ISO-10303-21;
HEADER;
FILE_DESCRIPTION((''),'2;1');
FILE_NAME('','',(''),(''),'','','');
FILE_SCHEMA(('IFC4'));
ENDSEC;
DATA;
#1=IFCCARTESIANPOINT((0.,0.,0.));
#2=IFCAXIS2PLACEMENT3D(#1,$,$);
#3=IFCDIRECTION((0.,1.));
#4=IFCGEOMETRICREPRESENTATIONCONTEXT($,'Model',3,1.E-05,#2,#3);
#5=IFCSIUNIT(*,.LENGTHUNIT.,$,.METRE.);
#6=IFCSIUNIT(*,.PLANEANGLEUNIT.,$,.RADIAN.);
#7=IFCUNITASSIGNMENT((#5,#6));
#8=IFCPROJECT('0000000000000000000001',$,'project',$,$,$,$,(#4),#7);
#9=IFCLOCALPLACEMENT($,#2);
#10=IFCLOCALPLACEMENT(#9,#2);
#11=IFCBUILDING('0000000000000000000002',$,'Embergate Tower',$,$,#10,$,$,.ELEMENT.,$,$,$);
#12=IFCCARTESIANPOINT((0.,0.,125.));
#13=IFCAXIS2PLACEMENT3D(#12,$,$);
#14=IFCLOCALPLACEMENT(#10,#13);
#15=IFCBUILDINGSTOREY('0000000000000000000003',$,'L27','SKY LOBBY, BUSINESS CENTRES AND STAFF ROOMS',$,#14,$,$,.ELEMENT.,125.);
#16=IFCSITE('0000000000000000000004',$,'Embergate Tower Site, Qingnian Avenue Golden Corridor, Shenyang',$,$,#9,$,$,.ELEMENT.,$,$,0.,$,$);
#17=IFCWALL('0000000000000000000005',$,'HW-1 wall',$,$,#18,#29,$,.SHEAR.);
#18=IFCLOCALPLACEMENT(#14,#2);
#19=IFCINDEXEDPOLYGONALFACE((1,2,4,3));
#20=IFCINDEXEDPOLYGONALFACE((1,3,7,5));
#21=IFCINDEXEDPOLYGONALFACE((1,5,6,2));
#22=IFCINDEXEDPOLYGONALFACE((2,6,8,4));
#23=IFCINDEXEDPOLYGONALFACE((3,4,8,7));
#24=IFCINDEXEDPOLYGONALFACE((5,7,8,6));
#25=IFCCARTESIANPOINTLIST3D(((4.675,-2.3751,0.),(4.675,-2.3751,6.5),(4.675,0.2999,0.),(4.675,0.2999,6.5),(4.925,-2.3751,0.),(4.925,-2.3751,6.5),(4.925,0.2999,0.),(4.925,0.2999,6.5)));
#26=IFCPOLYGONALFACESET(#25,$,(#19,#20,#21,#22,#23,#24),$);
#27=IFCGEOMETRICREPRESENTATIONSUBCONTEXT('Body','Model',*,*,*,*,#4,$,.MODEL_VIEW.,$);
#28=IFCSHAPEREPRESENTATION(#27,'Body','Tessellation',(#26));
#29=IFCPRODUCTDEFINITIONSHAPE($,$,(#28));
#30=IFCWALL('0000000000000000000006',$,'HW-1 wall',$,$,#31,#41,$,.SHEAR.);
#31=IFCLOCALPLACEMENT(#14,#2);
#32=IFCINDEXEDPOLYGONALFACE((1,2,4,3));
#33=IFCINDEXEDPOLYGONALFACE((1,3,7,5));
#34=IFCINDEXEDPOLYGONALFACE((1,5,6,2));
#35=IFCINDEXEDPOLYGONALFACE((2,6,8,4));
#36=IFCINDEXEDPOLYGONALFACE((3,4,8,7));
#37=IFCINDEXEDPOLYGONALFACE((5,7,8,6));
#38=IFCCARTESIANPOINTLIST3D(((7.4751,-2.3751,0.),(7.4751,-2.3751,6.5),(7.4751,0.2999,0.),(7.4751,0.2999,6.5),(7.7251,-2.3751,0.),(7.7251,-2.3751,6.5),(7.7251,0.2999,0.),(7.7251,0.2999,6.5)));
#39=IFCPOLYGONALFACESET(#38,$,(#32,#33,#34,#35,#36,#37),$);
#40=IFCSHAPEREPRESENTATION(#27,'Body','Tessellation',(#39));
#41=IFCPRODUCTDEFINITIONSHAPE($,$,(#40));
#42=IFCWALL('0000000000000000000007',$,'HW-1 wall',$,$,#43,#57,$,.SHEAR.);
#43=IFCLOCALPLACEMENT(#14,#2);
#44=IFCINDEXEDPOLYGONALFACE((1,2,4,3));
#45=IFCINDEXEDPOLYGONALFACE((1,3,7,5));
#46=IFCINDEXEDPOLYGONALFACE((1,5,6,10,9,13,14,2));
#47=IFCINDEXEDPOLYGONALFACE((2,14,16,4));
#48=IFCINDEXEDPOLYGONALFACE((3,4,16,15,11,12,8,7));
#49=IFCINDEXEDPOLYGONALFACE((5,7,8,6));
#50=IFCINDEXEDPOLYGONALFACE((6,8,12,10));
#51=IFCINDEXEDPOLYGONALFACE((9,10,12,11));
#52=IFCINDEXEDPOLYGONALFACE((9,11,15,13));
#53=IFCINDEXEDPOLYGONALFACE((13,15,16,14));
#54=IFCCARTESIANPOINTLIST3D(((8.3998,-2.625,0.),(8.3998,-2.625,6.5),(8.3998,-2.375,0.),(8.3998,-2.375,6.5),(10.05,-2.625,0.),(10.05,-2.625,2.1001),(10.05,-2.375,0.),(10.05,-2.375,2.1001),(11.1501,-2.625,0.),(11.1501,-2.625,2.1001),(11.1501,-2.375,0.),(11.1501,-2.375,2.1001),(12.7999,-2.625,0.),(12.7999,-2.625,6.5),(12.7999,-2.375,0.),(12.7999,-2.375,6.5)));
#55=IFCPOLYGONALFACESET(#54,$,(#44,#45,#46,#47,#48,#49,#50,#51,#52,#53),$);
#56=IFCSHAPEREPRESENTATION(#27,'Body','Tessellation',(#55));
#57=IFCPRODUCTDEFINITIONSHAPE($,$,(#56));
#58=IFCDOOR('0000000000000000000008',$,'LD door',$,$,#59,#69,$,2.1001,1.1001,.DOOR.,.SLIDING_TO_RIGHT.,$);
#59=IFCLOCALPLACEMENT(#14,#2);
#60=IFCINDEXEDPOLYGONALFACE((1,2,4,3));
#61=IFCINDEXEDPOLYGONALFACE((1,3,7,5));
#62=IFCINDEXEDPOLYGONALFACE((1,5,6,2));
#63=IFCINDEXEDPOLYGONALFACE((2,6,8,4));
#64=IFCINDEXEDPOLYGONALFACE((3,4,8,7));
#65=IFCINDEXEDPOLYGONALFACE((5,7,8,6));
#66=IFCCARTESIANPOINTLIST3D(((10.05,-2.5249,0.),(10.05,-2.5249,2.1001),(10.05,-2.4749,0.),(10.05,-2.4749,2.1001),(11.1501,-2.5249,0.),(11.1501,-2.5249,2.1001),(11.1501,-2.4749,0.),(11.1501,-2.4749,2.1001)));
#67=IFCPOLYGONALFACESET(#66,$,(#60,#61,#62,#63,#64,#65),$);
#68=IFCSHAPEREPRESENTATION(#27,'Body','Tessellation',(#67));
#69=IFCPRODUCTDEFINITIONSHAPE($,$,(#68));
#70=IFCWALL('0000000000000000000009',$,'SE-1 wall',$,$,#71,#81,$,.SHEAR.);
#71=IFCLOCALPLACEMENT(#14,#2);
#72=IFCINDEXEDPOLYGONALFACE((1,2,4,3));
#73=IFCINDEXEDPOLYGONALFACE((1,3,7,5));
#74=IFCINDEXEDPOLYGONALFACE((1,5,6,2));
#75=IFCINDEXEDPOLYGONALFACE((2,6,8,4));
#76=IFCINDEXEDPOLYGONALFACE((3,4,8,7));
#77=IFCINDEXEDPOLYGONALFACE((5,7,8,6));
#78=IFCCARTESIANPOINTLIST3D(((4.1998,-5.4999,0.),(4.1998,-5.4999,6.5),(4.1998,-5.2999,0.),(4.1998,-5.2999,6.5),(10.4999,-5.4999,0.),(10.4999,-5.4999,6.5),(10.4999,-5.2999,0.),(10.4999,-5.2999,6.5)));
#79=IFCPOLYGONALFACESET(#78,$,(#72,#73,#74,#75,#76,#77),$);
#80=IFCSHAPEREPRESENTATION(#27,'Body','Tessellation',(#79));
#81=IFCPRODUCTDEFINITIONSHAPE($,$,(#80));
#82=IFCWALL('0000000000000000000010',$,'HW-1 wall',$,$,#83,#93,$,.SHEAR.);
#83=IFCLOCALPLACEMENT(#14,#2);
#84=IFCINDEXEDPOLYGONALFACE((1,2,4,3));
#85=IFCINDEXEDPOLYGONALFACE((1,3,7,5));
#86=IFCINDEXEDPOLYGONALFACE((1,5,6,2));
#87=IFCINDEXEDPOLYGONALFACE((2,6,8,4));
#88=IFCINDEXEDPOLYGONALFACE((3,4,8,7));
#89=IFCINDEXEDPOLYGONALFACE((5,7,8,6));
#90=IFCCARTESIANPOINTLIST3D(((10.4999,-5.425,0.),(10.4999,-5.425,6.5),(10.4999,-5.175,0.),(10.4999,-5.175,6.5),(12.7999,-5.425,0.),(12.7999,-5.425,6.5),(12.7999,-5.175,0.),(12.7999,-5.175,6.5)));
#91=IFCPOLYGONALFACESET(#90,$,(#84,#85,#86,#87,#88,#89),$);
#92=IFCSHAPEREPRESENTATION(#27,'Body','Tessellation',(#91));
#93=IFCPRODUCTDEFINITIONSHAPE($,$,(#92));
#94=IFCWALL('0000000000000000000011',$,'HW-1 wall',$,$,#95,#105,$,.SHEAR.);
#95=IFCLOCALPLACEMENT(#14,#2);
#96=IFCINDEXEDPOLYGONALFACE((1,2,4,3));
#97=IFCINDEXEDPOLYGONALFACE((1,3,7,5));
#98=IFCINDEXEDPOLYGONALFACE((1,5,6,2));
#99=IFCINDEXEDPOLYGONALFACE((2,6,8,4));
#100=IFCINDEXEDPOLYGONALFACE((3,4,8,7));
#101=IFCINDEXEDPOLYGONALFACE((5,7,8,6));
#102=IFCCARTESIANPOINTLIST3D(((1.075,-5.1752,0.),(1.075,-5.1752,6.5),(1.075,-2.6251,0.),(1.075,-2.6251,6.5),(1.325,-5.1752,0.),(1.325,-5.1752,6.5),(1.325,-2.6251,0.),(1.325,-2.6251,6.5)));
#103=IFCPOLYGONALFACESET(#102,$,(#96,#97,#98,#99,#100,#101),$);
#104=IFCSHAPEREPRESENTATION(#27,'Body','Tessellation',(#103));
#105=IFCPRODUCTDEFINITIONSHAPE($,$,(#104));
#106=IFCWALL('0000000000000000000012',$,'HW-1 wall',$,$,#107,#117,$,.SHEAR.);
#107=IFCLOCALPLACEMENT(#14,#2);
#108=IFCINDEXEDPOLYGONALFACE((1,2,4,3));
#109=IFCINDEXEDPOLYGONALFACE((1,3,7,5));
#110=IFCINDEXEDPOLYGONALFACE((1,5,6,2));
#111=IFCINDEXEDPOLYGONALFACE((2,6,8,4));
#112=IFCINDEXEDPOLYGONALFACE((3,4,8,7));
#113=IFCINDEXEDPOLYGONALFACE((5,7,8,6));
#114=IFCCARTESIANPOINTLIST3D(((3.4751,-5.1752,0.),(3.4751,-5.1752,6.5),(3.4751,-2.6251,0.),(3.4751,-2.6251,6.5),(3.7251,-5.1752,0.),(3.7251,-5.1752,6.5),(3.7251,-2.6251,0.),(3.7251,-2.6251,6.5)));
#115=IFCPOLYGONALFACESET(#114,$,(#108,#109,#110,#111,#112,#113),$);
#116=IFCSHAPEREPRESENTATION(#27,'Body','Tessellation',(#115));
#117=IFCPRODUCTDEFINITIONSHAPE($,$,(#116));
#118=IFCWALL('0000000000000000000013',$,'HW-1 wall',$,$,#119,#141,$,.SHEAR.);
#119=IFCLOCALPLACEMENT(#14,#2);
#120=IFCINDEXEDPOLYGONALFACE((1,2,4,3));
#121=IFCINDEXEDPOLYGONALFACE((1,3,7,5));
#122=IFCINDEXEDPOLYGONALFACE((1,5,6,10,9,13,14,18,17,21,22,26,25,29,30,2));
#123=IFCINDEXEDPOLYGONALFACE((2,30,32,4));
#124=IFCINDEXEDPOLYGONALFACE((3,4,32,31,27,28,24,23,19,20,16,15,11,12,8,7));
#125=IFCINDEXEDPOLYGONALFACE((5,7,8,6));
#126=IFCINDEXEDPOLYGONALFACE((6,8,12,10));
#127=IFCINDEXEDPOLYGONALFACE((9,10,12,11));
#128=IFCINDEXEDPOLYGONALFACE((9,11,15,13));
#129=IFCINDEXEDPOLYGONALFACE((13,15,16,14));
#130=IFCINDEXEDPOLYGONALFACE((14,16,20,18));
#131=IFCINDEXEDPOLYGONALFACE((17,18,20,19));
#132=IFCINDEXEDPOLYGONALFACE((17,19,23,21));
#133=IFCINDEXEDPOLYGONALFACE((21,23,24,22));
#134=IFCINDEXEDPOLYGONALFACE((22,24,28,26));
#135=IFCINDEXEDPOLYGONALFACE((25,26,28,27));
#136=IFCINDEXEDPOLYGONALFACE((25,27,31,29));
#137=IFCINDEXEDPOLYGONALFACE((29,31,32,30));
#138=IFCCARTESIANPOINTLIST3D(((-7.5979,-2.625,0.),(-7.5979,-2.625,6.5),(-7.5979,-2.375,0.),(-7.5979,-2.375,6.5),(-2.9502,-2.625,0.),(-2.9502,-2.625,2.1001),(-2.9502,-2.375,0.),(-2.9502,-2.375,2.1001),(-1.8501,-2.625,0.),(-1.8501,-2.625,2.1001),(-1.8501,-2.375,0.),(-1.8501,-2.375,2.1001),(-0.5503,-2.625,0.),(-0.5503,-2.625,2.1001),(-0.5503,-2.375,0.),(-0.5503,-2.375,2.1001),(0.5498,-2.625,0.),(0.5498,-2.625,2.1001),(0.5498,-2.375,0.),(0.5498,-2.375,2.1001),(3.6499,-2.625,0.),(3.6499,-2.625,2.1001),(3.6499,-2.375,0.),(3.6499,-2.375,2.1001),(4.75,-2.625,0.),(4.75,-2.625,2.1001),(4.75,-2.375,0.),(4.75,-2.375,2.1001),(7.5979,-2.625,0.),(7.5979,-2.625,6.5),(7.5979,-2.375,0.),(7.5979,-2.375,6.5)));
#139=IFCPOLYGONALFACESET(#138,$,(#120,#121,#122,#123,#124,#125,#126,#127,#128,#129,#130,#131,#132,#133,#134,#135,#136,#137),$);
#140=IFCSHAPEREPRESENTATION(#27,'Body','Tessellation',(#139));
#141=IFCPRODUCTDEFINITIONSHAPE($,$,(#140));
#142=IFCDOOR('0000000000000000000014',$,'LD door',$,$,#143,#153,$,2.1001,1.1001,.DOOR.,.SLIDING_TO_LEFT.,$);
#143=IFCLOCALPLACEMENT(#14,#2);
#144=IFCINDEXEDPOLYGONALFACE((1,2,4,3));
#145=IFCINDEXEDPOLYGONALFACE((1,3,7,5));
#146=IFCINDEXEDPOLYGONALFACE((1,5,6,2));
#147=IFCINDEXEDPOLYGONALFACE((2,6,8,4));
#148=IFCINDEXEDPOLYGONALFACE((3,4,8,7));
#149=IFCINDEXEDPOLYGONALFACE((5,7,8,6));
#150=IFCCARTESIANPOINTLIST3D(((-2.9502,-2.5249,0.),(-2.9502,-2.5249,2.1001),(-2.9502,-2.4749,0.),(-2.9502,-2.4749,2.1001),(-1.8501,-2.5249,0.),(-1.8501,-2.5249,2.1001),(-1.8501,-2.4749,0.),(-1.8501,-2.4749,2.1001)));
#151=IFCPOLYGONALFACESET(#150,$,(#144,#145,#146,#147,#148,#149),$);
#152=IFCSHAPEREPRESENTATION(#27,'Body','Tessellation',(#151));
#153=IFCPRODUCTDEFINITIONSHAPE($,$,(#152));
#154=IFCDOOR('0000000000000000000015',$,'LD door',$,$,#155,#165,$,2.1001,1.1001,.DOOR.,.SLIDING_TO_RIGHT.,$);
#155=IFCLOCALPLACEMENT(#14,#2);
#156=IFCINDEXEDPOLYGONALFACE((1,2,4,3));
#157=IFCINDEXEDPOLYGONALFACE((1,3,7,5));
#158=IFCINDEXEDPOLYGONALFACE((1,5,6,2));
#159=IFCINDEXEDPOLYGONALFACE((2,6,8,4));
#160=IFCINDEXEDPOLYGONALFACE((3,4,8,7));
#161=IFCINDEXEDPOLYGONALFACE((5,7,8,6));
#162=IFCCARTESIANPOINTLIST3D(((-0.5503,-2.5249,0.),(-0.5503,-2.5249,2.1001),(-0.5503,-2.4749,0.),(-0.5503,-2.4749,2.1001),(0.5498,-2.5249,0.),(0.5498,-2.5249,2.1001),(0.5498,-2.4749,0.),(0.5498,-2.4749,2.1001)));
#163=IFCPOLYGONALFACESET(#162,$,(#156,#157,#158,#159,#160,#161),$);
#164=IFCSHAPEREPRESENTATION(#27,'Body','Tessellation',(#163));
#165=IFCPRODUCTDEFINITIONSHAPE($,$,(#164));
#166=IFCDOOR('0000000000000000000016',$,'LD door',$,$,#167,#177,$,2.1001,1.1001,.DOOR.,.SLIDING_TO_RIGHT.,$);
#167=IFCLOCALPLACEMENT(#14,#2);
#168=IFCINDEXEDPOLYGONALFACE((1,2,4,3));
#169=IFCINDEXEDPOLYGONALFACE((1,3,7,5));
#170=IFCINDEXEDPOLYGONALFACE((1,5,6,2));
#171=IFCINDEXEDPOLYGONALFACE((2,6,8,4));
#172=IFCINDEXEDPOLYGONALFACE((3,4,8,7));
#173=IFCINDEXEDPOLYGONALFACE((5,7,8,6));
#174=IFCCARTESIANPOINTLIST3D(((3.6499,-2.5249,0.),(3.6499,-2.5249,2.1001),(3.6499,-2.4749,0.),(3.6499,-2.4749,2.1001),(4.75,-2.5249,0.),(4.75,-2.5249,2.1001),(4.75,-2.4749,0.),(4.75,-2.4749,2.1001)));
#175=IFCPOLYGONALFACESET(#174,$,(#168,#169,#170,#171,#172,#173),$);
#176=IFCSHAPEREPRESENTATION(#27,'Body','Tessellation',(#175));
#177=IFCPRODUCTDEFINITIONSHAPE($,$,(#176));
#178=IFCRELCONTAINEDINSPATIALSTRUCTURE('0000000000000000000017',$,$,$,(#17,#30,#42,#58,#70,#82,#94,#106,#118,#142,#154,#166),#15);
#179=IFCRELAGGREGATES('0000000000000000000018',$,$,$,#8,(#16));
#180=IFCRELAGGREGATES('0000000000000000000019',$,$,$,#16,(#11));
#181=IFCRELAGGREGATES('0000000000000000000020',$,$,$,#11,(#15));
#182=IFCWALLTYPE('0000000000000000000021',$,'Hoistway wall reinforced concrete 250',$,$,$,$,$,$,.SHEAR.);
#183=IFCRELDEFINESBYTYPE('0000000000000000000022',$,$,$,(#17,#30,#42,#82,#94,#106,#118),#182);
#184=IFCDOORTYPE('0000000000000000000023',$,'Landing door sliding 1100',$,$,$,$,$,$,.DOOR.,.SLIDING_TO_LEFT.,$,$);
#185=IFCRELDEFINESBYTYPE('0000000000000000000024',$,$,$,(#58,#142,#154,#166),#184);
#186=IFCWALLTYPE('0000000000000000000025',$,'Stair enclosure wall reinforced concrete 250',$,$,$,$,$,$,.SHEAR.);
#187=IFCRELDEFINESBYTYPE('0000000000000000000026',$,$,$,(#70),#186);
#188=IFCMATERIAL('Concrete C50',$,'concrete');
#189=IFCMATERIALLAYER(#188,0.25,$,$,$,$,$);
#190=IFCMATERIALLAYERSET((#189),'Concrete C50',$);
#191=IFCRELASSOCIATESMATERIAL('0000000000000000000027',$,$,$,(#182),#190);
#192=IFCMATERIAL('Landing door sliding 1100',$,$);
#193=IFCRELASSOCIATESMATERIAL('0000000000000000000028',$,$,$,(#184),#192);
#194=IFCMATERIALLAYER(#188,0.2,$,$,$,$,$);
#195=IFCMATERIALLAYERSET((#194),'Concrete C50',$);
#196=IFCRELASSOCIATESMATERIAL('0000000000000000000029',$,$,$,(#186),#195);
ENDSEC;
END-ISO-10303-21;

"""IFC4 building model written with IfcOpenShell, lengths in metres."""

from ifc_helpers import new_model, si_unit, direction, frame, frame_2d, origin, place, context, subcontext, project, spatial, rectangle, extrude, source, transform, mapped, material, layer, layer_set, type_object, element, fill, save


model = new_model("IFC4")

# Units and contexts
model_context = context("Model", 3, precision=1e-05, world=origin(), true_north=direction((0.0, 1.0)))
body_context = subcontext(model_context, "Body", "Model", "MODEL_VIEW")
ifc_project = project(units=[si_unit("LENGTHUNIT", "METRE"), si_unit("PLANEANGLEUNIT", "RADIAN")], contexts=[model_context])

# Site, building, storey
site_placement = place(None, origin())
site = spatial("IfcSite", under=ifc_project, at=site_placement, Name="Embergate Tower Site, Qingnian Avenue Golden Corridor, Shenyang", CompositionType="ELEMENT", RefElevation=0.0)
building_placement = place(site_placement, origin())
building = spatial("IfcBuilding", under=site, at=building_placement, Name="Embergate Tower", CompositionType="ELEMENT")
storey_placement = place(building_placement, frame((0.0, 0.0, 125.0)))
storey = spatial("IfcBuildingStorey", under=building, at=storey_placement, Name="L27", Description="SKY LOBBY, BUSINESS CENTRES AND STAFF ROOMS", CompositionType="ELEMENT", Elevation=125.0)

# Walls
ifc_material_1 = material(Name="Concrete C50", Category="concrete")
ifc_layer_1 = layer(ifc_material_1, 0.25)
ifc_layer_set_1 = layer_set([ifc_layer_1], Name="Concrete C50")
wall_type_1 = type_object("IfcWallType", Name="Hoistway wall reinforced concrete 250", PredefinedType="SHEAR", material=ifc_layer_set_1)
shared_shape_1 = source(origin(), body_context, "Body", "SweptSolid", [
    extrude(rectangle(XDim=2.675, YDim=0.25, at=frame_2d((1.3374, 0.0))), origin(), (0.0, 0.0, 1.0), 6.5),
])
for number, where, z_axis, x_axis, name in (
    (1, (4.8, -2.375, 0.0), (0.0, 0.0, 1.0), (0.0, 1.0, 0.0), "HW-1 wall"),
    (2, (7.6001, -2.375, 0.0), (0.0, 0.0, 1.0), (0.0, 1.0, 0.0), "HW-1 wall"),
):
    element("IfcWall", number, at=place(storey_placement, frame(where, z_axis=z_axis, x_axis=x_axis)), inside=storey, type_object=wall_type_1, Name=name, PredefinedType="SHEAR", context=body_context, shape_type="MappedRepresentation", body=[
        mapped(shared_shape_1, transform((0.0, 0.0, 0.0))),
    ])

# Wall, opening, door
shared_shape_2 = source(origin(), body_context, "Body", "SweptSolid", [
    extrude(rectangle(XDim=4.4001, YDim=0.25, at=frame_2d((2.2002, 0.0))), origin(), (0.0, 0.0, 1.0), 6.5),
])
wall_1_placement = place(storey_placement, frame((12.8, -2.5, 0.0), z_axis=(0.0, 0.0, 1.0), x_axis=(-1.0, 0.0, 0.0)))
wall_1 = element("IfcWall", 3, at=wall_1_placement, inside=storey, type_object=wall_type_1, Name="HW-1 wall", PredefinedType="SHEAR", context=body_context, shape_type="MappedRepresentation", body=[
    mapped(shared_shape_2, transform((0.0, 0.0, 0.0))),
])
shared_shape_3 = source(origin(), body_context, "Body", "SweptSolid", [
    extrude(rectangle(XDim=1.1001, YDim=2.1001, at=frame_2d((0.55, 1.05))), frame((0.0, 0.135, 0.0), z_axis=(0.0, -1.0, 0.0), x_axis=(1.0, 0.0, 0.0)), (0.0, 0.0, 1.0), 0.27),
])
opening_1_placement = place(wall_1_placement, frame((1.6499, 0.0, 0.0)))
opening_1 = element("IfcOpeningElement", 4, at=opening_1_placement, cuts=wall_1, PredefinedType="OPENING", context=body_context, shape_type="MappedRepresentation", body=[
    mapped(shared_shape_3, transform((0.0, 0.0, 0.0))),
])
ifc_material_2 = material(Name="Landing door sliding 1100")
door_type_1 = type_object("IfcDoorType", Name="Landing door sliding 1100", OperationType="SLIDING_TO_LEFT", PredefinedType="DOOR", material=ifc_material_2)
shared_shape_4 = source(origin(), body_context, "Body", "SweptSolid", [
    extrude(rectangle(XDim=1.1001, YDim=2.1001, at=frame_2d((0.55, 1.05))), frame((0.0, 0.0249, 0.0), z_axis=(0.0, -1.0, 0.0), x_axis=(1.0, 0.0, 0.0)), (0.0, 0.0, 1.0), 0.05),
])
door_1_placement = place(opening_1_placement, origin())
door_1 = element("IfcDoor", 5, at=door_1_placement, inside=storey, type_object=door_type_1, Name="LD door", OperationType="SLIDING_TO_RIGHT", OverallHeight=2.1001, OverallWidth=1.1001, PredefinedType="DOOR", context=body_context, shape_type="MappedRepresentation", body=[
    mapped(shared_shape_4, transform((0.0, 0.0, 0.0))),
])
fill(opening_1, door_1)

# Walls
ifc_layer_2 = layer(ifc_material_1, 0.2)
ifc_layer_set_2 = layer_set([ifc_layer_2], Name="Concrete C50")
wall_type_2 = type_object("IfcWallType", Name="Stair enclosure wall reinforced concrete 250", PredefinedType="SHEAR", material=ifc_layer_set_2)
shared_shape_5 = source(origin(), body_context, "Body", "SweptSolid", [
    extrude(rectangle(XDim=6.3, YDim=0.2, at=frame_2d((3.1499, 0.0))), origin(), (0.0, 0.0, 1.0), 6.5),
])
wall_2_placement = place(storey_placement, frame((4.2, -5.3999, 0.0), z_axis=(0.0, 0.0, 1.0), x_axis=(1.0, 0.0, 0.0)))
element("IfcWall", 6, at=wall_2_placement, inside=storey, type_object=wall_type_2, Name="SE-1 wall", PredefinedType="SHEAR", context=body_context, shape_type="MappedRepresentation", body=[
    mapped(shared_shape_5, transform((0.0, 0.0, 0.0))),
])
shared_shape_6 = source(origin(), body_context, "Body", "SweptSolid", [
    extrude(rectangle(XDim=2.3, YDim=0.25, at=frame_2d((1.1499, 0.0))), origin(), (0.0, 0.0, 1.0), 6.5),
])
wall_3_placement = place(storey_placement, frame((10.5, -5.3, 0.0), z_axis=(0.0, 0.0, 1.0), x_axis=(1.0, 0.0, 0.0)))
element("IfcWall", 7, at=wall_3_placement, inside=storey, type_object=wall_type_1, Name="HW-1 wall", PredefinedType="SHEAR", context=body_context, shape_type="MappedRepresentation", body=[
    mapped(shared_shape_6, transform((0.0, 0.0, 0.0))),
])
shared_shape_7 = source(origin(), body_context, "Body", "SweptSolid", [
    extrude(rectangle(XDim=2.55, YDim=0.25, at=frame_2d((1.2749, 0.0))), origin(), (0.0, 0.0, 1.0), 6.5),
])
for number, where, z_axis, x_axis, name in (
    (8, (1.2, -5.175, 0.0), (0.0, 0.0, 1.0), (0.0, 1.0, 0.0), "HW-1 wall"),
    (9, (3.6001, -5.175, 0.0), (0.0, 0.0, 1.0), (0.0, 1.0, 0.0), "HW-1 wall"),
):
    element("IfcWall", number, at=place(storey_placement, frame(where, z_axis=z_axis, x_axis=x_axis)), inside=storey, type_object=wall_type_1, Name=name, PredefinedType="SHEAR", context=body_context, shape_type="MappedRepresentation", body=[
        mapped(shared_shape_7, transform((0.0, 0.0, 0.0))),
    ])

# Wall, openings, doors
shared_shape_8 = source(origin(), body_context, "Body", "SweptSolid", [
    extrude(rectangle(XDim=15.1958, YDim=0.25, at=frame_2d((7.5979, 0.0))), origin(), (0.0, 0.0, 1.0), 6.5),
])
wall_4_placement = place(storey_placement, frame((7.5979, -2.5, 0.0), z_axis=(0.0, 0.0, 1.0), x_axis=(-1.0, 0.0, 0.0)))
wall_4 = element("IfcWall", 10, at=wall_4_placement, inside=storey, type_object=wall_type_1, Name="HW-1 wall", PredefinedType="SHEAR", context=body_context, shape_type="MappedRepresentation", body=[
    mapped(shared_shape_8, transform((0.0, 0.0, 0.0))),
])
opening_2_placement = place(wall_4_placement, frame((9.448, 0.0, 0.0)))
opening_2 = element("IfcOpeningElement", 11, at=opening_2_placement, cuts=wall_4, PredefinedType="OPENING", context=body_context, shape_type="MappedRepresentation", body=[
    mapped(shared_shape_3, transform((0.0, 0.0, 0.0))),
])
opening_3_placement = place(wall_4_placement, frame((7.0481, 0.0, 0.0)))
opening_3 = element("IfcOpeningElement", 12, at=opening_3_placement, cuts=wall_4, PredefinedType="OPENING", context=body_context, shape_type="MappedRepresentation", body=[
    mapped(shared_shape_3, transform((0.0, 0.0, 0.0))),
])
opening_4_placement = place(wall_4_placement, frame((2.8479, 0.0, 0.0)))
opening_4 = element("IfcOpeningElement", 13, at=opening_4_placement, cuts=wall_4, PredefinedType="OPENING", context=body_context, shape_type="MappedRepresentation", body=[
    mapped(shared_shape_3, transform((0.0, 0.0, 0.0))),
])
door_2_placement = place(opening_2_placement, origin())
door_2 = element("IfcDoor", 14, at=door_2_placement, inside=storey, type_object=door_type_1, Name="LD door", OperationType="SLIDING_TO_LEFT", OverallHeight=2.1001, OverallWidth=1.1001, PredefinedType="DOOR", context=body_context, shape_type="MappedRepresentation", body=[
    mapped(shared_shape_4, transform((0.0, 0.0, 0.0))),
])
fill(opening_2, door_2)
door_3_placement = place(opening_3_placement, origin())
door_3 = element("IfcDoor", 15, at=door_3_placement, inside=storey, type_object=door_type_1, Name="LD door", OperationType="SLIDING_TO_RIGHT", OverallHeight=2.1001, OverallWidth=1.1001, PredefinedType="DOOR", context=body_context, shape_type="MappedRepresentation", body=[
    mapped(shared_shape_4, transform((0.0, 0.0, 0.0))),
])
fill(opening_3, door_3)
door_4_placement = place(opening_4_placement, origin())
door_4 = element("IfcDoor", 16, at=door_4_placement, inside=storey, type_object=door_type_1, Name="LD door", OperationType="SLIDING_TO_RIGHT", OverallHeight=2.1001, OverallWidth=1.1001, PredefinedType="DOOR", context=body_context, shape_type="MappedRepresentation", body=[
    mapped(shared_shape_4, transform((0.0, 0.0, 0.0))),
])
fill(opening_4, door_4)

save(model, "model.ifc")
